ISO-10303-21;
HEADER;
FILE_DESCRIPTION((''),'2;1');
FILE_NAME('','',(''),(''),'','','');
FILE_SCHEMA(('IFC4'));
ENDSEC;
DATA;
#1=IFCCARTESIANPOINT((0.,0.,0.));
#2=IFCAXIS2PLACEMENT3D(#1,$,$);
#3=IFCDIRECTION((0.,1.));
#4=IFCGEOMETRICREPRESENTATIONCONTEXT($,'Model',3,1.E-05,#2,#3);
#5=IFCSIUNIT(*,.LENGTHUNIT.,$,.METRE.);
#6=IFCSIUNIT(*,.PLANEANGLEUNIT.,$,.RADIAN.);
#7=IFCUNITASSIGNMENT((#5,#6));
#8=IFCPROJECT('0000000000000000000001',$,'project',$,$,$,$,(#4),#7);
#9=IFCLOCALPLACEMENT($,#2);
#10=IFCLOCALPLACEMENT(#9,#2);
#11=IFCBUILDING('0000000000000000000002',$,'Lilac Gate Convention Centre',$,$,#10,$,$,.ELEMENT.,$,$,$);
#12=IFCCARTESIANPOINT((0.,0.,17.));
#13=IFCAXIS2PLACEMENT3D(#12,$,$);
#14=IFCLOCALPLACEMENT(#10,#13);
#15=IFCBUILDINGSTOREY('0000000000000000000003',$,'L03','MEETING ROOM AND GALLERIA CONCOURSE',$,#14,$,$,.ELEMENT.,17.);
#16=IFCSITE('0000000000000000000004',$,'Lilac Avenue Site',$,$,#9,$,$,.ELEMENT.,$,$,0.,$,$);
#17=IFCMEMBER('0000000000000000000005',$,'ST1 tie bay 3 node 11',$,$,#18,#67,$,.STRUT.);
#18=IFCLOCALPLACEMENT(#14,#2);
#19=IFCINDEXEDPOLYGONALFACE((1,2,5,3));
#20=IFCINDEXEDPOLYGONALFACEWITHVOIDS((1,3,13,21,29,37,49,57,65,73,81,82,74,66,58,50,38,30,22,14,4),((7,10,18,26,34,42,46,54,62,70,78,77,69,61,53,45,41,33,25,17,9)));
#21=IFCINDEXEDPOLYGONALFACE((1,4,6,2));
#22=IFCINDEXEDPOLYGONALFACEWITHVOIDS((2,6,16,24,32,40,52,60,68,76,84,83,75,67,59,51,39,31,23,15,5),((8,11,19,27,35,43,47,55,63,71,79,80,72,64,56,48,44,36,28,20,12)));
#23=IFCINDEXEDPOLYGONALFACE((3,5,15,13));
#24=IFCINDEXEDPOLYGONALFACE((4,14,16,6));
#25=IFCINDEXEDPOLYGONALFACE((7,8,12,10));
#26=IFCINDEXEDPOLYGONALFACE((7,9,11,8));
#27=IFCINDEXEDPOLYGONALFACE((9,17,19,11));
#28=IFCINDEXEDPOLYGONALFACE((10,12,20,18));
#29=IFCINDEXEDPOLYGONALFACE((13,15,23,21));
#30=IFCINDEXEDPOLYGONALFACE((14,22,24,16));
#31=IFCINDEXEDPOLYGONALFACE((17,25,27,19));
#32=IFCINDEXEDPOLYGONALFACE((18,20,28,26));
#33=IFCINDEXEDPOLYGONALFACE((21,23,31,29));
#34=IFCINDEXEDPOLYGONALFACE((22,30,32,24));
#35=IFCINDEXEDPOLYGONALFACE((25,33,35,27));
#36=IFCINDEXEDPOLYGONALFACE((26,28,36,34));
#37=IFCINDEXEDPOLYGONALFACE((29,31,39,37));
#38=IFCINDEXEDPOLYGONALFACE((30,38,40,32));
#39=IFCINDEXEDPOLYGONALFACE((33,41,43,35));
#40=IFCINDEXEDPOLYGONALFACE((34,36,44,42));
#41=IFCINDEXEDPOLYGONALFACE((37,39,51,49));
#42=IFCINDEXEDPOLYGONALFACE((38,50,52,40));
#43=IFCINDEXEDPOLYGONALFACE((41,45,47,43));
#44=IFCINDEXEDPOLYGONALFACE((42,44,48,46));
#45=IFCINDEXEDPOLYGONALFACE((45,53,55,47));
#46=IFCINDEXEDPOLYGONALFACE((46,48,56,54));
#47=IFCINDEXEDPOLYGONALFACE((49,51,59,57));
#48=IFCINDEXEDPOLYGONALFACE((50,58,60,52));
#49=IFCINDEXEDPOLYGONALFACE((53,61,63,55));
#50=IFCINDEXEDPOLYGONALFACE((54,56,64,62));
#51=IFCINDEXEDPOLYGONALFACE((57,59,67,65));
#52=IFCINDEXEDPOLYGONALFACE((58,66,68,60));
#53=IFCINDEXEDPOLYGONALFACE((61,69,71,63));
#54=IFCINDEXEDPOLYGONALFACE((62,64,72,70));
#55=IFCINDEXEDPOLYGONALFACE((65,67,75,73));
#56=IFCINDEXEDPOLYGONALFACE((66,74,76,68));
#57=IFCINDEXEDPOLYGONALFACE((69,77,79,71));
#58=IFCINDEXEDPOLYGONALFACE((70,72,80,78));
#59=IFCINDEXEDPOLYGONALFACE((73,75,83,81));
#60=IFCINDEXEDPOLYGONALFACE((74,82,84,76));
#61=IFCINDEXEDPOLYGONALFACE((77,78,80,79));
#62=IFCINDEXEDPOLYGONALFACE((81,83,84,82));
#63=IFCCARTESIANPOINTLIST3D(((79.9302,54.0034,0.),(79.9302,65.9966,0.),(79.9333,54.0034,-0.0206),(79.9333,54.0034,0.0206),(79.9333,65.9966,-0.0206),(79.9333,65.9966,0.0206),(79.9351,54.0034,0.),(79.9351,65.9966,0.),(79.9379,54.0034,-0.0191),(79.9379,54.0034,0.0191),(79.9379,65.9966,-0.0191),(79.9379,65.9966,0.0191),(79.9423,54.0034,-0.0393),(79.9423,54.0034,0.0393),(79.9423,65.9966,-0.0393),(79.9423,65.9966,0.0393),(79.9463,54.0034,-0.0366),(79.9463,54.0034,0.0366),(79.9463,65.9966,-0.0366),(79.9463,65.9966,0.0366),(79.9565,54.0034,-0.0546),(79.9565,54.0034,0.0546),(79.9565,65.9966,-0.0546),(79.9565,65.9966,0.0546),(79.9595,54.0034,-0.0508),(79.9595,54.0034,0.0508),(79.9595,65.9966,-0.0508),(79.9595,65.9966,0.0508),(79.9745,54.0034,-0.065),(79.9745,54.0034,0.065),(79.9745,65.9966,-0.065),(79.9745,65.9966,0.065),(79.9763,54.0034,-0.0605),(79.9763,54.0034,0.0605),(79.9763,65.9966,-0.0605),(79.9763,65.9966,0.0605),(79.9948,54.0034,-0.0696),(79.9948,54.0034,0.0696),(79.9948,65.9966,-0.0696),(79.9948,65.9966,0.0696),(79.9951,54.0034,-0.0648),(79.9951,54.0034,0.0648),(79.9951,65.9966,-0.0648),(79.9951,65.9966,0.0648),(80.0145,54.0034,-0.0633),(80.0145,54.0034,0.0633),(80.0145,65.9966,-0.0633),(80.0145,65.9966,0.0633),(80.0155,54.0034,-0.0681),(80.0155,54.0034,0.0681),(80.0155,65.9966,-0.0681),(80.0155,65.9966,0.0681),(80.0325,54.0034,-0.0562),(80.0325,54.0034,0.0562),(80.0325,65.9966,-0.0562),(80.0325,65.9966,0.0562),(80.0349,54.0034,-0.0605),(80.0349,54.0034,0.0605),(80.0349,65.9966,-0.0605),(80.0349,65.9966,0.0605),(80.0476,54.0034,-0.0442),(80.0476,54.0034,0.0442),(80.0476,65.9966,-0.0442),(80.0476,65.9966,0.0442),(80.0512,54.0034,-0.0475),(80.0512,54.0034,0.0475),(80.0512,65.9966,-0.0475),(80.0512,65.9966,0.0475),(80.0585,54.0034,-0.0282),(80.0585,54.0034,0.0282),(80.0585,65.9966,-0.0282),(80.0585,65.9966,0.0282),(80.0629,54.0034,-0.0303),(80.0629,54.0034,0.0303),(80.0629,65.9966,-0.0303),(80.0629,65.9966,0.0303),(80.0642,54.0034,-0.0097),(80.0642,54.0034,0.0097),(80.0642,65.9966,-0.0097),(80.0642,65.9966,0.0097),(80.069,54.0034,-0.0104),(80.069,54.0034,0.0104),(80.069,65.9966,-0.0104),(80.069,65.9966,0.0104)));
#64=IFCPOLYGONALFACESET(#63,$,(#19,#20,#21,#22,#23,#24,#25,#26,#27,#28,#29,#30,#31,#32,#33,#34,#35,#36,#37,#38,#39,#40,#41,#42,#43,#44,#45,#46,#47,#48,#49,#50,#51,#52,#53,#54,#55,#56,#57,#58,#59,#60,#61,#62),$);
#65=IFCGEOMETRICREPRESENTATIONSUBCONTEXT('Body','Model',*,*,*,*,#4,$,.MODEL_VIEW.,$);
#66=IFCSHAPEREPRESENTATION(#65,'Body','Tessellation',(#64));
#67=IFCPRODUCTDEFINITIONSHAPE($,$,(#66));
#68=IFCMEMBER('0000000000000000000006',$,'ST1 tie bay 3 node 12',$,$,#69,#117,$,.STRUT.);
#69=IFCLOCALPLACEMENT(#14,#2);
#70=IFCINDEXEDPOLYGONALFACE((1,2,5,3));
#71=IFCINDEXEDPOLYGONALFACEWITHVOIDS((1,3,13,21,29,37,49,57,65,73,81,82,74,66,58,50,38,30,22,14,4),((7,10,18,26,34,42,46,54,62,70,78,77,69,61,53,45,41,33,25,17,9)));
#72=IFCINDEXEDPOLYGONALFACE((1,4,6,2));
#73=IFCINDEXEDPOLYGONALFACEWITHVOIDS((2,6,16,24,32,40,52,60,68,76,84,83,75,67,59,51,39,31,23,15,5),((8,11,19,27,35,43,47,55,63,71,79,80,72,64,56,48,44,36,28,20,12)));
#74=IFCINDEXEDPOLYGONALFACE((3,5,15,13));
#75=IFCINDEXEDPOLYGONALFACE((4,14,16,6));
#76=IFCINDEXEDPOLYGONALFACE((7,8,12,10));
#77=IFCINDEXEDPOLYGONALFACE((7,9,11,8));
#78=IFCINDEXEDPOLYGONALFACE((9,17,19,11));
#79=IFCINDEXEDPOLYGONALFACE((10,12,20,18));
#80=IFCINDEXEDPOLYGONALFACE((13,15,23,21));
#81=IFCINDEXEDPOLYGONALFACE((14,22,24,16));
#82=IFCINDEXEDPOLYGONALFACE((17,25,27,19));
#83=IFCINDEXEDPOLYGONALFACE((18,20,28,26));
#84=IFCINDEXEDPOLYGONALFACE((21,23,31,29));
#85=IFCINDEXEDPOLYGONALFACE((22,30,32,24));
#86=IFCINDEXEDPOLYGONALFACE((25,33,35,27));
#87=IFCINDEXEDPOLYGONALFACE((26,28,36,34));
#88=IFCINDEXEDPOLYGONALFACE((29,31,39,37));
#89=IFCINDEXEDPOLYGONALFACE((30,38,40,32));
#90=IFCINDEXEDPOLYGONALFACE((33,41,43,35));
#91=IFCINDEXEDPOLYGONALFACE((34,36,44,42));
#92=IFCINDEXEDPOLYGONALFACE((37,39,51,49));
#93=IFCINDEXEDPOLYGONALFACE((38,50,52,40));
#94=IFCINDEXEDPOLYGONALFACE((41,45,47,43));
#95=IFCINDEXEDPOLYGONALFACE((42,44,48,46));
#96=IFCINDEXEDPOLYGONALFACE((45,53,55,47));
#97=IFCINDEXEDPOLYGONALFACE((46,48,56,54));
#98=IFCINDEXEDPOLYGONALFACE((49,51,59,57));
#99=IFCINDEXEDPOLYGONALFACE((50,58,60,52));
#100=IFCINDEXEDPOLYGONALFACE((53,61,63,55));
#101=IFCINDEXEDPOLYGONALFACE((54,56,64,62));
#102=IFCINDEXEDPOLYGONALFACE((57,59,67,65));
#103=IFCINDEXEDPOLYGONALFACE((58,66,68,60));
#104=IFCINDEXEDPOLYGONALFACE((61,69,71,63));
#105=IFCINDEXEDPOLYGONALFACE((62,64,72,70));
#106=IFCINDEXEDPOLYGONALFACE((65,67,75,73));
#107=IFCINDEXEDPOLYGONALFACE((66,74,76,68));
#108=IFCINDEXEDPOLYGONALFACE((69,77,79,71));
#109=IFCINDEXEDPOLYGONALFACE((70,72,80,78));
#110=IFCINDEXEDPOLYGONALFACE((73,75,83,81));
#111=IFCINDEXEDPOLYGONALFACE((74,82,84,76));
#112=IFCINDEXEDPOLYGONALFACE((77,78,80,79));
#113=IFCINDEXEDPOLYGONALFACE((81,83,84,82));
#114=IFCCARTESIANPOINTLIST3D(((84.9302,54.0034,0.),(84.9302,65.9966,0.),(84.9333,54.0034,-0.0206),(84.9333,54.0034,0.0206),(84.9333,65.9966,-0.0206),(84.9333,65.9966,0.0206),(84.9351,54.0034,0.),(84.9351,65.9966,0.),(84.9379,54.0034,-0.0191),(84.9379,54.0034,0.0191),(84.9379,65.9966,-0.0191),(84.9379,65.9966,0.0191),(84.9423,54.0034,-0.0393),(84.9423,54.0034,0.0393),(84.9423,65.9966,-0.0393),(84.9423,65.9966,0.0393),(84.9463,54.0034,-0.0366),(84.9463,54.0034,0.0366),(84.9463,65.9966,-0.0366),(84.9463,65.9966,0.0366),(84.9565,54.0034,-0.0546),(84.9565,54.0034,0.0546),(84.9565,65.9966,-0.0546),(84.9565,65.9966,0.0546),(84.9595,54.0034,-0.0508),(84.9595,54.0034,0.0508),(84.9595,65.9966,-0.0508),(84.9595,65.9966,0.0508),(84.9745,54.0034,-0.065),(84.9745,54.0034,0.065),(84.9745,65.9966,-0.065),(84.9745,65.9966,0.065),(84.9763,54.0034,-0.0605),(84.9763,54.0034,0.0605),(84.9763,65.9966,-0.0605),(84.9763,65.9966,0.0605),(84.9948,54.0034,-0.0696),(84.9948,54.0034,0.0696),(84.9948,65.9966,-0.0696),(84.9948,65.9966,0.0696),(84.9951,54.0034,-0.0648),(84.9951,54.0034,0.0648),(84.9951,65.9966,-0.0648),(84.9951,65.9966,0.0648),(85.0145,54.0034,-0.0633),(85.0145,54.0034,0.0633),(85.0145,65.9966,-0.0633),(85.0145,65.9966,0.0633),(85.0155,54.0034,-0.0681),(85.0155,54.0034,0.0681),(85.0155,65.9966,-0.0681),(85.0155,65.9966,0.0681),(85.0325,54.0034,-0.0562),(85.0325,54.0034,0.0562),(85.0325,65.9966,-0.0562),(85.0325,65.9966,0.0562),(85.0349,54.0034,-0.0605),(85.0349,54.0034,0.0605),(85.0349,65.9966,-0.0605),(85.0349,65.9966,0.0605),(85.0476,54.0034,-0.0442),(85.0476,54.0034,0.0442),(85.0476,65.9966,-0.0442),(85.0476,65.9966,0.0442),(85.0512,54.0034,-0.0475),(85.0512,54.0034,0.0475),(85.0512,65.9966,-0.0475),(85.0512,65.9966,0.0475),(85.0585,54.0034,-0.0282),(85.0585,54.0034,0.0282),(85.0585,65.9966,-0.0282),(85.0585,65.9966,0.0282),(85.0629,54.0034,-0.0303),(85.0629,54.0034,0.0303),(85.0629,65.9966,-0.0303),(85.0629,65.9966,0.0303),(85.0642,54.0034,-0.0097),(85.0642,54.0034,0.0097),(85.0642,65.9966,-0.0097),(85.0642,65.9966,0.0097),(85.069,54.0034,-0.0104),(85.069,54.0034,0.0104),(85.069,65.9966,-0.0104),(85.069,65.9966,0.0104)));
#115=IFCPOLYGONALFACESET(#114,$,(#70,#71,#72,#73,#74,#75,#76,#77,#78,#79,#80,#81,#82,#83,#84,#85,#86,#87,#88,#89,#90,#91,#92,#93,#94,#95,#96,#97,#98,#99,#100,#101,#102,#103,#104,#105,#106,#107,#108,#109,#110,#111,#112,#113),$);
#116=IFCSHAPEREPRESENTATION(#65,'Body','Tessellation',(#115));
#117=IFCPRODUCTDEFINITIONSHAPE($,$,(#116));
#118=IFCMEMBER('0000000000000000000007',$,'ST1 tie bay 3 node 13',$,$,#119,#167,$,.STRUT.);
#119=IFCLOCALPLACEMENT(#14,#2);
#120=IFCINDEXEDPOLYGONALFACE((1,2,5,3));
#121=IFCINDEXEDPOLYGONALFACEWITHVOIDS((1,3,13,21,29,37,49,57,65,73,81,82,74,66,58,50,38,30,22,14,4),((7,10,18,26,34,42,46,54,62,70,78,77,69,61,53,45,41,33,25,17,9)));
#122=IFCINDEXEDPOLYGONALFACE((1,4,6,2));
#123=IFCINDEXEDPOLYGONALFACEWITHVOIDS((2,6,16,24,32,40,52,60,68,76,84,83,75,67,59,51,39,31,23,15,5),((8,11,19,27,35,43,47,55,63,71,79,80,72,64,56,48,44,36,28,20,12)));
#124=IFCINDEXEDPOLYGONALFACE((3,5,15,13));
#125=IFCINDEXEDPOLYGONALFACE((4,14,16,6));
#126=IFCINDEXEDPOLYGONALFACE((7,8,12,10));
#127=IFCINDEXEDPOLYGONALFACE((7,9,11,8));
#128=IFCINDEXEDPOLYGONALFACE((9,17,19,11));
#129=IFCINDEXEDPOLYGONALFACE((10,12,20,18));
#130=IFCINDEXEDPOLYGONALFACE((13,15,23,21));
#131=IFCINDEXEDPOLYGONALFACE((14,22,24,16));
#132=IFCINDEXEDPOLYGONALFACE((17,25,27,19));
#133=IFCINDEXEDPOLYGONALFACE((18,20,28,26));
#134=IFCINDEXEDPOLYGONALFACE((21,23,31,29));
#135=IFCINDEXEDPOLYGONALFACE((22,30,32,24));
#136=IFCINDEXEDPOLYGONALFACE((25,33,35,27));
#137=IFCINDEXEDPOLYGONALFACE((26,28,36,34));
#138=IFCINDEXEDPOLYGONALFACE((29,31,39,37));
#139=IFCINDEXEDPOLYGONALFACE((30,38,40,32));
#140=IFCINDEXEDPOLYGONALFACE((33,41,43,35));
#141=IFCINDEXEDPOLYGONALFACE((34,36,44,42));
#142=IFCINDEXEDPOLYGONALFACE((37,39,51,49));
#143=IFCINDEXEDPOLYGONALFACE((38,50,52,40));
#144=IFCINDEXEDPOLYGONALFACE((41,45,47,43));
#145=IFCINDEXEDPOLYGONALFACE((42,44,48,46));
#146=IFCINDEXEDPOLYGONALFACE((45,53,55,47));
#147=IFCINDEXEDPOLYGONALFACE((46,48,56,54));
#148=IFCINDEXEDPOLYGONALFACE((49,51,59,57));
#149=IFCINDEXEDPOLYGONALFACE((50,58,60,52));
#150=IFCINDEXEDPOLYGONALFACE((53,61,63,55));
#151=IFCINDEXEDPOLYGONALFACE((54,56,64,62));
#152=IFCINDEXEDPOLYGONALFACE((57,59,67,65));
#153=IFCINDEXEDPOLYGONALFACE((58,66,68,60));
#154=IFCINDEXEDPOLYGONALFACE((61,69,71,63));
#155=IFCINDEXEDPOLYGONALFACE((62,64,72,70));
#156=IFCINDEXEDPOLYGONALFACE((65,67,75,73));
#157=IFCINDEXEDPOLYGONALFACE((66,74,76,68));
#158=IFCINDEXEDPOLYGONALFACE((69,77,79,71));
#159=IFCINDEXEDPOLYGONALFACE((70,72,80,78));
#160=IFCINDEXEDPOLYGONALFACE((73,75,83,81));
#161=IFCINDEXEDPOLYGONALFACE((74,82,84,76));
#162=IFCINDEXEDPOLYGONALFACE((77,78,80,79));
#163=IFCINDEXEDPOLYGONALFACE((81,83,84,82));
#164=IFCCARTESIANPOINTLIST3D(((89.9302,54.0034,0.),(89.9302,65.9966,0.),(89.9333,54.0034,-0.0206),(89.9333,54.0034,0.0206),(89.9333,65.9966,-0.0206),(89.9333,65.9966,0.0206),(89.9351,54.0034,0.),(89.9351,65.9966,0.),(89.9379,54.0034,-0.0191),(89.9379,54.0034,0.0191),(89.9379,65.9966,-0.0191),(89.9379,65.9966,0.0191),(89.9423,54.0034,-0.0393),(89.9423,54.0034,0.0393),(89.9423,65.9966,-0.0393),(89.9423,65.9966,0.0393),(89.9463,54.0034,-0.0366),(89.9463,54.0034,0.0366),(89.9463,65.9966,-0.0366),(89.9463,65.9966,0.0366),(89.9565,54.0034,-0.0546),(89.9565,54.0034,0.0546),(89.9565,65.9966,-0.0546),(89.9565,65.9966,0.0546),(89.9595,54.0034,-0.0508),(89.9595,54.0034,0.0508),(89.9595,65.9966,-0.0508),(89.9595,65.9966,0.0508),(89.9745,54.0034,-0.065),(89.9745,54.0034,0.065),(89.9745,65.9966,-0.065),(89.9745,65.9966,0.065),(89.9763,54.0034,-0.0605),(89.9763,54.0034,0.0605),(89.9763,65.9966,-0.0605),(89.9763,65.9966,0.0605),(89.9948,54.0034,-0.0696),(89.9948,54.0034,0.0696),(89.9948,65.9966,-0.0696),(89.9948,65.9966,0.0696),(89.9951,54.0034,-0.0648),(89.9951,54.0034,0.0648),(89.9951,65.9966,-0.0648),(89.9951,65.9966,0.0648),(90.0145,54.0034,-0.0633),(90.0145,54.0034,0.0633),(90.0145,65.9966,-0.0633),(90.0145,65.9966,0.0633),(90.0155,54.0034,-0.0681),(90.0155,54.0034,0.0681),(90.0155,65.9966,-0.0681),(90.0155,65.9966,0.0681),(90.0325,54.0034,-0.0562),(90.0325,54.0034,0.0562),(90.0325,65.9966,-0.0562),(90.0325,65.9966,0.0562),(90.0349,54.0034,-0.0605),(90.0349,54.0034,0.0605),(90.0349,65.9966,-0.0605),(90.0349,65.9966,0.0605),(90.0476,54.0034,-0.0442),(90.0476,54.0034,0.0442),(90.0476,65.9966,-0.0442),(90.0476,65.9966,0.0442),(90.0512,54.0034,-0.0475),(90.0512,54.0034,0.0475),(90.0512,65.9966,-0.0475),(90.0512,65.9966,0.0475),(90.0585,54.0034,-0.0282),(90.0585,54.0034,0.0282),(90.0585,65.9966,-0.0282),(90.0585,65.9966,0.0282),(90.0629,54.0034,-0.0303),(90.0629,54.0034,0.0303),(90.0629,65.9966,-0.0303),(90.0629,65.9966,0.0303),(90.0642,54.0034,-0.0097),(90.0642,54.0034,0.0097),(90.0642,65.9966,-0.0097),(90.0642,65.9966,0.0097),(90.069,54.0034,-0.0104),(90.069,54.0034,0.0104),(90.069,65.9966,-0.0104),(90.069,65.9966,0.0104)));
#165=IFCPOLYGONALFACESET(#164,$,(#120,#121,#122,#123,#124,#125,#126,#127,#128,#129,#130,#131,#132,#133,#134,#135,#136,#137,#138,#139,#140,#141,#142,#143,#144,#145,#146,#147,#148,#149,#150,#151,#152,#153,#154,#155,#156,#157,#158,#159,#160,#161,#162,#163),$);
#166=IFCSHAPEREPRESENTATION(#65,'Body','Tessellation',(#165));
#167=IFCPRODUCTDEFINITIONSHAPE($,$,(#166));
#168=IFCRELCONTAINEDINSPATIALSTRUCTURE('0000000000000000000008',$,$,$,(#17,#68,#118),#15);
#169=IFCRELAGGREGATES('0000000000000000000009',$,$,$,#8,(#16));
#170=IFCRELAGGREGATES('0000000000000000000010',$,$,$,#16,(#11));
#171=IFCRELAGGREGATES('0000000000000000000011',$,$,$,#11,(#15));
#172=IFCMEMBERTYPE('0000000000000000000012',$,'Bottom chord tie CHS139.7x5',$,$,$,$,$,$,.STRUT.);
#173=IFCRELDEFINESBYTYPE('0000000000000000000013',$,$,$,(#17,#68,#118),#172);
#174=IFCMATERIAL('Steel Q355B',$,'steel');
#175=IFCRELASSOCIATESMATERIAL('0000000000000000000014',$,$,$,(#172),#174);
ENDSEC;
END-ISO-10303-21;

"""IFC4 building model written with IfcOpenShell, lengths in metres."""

from ifc_helpers import new_model, si_unit, direction, frame, origin, origin_2d, place, context, subcontext, project, spatial, hollow_circle, extrude, material, material_profile, profile_set, type_object, element, save


model = new_model("IFC4")

# Units and contexts
model_context = context("Model", 3, precision=1e-05, world=origin(), true_north=direction((0.0, 1.0)))
body_context = subcontext(model_context, "Body", "Model", "MODEL_VIEW")
ifc_project = project(units=[si_unit("LENGTHUNIT", "METRE"), si_unit("PLANEANGLEUNIT", "RADIAN")], contexts=[model_context])

# Site, building, storey
site_placement = place(None, origin())
site = spatial("IfcSite", under=ifc_project, at=site_placement, Name="Lilac Avenue Site", CompositionType="ELEMENT", RefElevation=0.0)
building_placement = place(site_placement, origin())
building = spatial("IfcBuilding", under=site, at=building_placement, Name="Lilac Gate Convention Centre", CompositionType="ELEMENT")
storey_placement = place(building_placement, frame((0.0, 0.0, 17.0)))
storey = spatial("IfcBuildingStorey", under=building, at=storey_placement, Name="L03", Description="MEETING ROOM AND GALLERIA CONCOURSE", CompositionType="ELEMENT", Elevation=17.0)

# Members
ifc_material = material(Name="Steel Q355B", Category="steel")
ifc_material_profile_1 = material_profile(ifc_material, hollow_circle(Radius=0.0698, WallThickness=0.0049, at=origin_2d()), Name="CHS139.7x5")
ifc_profile_set_1 = profile_set([ifc_material_profile_1], Name="Steel Q355B")
member_type_1 = type_object("IfcMemberType", Name="Bottom chord tie CHS139.7x5", PredefinedType="STRUT", material=ifc_profile_set_1)
for number, where, z_axis, x_axis, name in (
    (1, (80.0, 54.0034, 0.0), (0.0, 1.0, 0.0), (-1.0, 0.0, 0.0), "ST1 tie bay 3 node 11"),
    (2, (85.0, 54.0034, 0.0), (0.0, 1.0, 0.0), (-1.0, 0.0, 0.0), "ST1 tie bay 3 node 12"),
    (3, (90.0, 54.0034, 0.0), (0.0, 1.0, 0.0), (-1.0, 0.0, 0.0), "ST1 tie bay 3 node 13"),
):
    element("IfcMember", number, at=place(storey_placement, frame(where, z_axis=z_axis, x_axis=x_axis)), inside=storey, type_object=member_type_1, Name=name, PredefinedType="STRUT", context=body_context, shape_type="SweptSolid", body=[
        extrude(hollow_circle(Radius=0.0698, WallThickness=0.0049, at=origin_2d()), origin(), (0.0, 0.0, 1.0), 11.9932),
    ])

save(model, "model.ifc")
